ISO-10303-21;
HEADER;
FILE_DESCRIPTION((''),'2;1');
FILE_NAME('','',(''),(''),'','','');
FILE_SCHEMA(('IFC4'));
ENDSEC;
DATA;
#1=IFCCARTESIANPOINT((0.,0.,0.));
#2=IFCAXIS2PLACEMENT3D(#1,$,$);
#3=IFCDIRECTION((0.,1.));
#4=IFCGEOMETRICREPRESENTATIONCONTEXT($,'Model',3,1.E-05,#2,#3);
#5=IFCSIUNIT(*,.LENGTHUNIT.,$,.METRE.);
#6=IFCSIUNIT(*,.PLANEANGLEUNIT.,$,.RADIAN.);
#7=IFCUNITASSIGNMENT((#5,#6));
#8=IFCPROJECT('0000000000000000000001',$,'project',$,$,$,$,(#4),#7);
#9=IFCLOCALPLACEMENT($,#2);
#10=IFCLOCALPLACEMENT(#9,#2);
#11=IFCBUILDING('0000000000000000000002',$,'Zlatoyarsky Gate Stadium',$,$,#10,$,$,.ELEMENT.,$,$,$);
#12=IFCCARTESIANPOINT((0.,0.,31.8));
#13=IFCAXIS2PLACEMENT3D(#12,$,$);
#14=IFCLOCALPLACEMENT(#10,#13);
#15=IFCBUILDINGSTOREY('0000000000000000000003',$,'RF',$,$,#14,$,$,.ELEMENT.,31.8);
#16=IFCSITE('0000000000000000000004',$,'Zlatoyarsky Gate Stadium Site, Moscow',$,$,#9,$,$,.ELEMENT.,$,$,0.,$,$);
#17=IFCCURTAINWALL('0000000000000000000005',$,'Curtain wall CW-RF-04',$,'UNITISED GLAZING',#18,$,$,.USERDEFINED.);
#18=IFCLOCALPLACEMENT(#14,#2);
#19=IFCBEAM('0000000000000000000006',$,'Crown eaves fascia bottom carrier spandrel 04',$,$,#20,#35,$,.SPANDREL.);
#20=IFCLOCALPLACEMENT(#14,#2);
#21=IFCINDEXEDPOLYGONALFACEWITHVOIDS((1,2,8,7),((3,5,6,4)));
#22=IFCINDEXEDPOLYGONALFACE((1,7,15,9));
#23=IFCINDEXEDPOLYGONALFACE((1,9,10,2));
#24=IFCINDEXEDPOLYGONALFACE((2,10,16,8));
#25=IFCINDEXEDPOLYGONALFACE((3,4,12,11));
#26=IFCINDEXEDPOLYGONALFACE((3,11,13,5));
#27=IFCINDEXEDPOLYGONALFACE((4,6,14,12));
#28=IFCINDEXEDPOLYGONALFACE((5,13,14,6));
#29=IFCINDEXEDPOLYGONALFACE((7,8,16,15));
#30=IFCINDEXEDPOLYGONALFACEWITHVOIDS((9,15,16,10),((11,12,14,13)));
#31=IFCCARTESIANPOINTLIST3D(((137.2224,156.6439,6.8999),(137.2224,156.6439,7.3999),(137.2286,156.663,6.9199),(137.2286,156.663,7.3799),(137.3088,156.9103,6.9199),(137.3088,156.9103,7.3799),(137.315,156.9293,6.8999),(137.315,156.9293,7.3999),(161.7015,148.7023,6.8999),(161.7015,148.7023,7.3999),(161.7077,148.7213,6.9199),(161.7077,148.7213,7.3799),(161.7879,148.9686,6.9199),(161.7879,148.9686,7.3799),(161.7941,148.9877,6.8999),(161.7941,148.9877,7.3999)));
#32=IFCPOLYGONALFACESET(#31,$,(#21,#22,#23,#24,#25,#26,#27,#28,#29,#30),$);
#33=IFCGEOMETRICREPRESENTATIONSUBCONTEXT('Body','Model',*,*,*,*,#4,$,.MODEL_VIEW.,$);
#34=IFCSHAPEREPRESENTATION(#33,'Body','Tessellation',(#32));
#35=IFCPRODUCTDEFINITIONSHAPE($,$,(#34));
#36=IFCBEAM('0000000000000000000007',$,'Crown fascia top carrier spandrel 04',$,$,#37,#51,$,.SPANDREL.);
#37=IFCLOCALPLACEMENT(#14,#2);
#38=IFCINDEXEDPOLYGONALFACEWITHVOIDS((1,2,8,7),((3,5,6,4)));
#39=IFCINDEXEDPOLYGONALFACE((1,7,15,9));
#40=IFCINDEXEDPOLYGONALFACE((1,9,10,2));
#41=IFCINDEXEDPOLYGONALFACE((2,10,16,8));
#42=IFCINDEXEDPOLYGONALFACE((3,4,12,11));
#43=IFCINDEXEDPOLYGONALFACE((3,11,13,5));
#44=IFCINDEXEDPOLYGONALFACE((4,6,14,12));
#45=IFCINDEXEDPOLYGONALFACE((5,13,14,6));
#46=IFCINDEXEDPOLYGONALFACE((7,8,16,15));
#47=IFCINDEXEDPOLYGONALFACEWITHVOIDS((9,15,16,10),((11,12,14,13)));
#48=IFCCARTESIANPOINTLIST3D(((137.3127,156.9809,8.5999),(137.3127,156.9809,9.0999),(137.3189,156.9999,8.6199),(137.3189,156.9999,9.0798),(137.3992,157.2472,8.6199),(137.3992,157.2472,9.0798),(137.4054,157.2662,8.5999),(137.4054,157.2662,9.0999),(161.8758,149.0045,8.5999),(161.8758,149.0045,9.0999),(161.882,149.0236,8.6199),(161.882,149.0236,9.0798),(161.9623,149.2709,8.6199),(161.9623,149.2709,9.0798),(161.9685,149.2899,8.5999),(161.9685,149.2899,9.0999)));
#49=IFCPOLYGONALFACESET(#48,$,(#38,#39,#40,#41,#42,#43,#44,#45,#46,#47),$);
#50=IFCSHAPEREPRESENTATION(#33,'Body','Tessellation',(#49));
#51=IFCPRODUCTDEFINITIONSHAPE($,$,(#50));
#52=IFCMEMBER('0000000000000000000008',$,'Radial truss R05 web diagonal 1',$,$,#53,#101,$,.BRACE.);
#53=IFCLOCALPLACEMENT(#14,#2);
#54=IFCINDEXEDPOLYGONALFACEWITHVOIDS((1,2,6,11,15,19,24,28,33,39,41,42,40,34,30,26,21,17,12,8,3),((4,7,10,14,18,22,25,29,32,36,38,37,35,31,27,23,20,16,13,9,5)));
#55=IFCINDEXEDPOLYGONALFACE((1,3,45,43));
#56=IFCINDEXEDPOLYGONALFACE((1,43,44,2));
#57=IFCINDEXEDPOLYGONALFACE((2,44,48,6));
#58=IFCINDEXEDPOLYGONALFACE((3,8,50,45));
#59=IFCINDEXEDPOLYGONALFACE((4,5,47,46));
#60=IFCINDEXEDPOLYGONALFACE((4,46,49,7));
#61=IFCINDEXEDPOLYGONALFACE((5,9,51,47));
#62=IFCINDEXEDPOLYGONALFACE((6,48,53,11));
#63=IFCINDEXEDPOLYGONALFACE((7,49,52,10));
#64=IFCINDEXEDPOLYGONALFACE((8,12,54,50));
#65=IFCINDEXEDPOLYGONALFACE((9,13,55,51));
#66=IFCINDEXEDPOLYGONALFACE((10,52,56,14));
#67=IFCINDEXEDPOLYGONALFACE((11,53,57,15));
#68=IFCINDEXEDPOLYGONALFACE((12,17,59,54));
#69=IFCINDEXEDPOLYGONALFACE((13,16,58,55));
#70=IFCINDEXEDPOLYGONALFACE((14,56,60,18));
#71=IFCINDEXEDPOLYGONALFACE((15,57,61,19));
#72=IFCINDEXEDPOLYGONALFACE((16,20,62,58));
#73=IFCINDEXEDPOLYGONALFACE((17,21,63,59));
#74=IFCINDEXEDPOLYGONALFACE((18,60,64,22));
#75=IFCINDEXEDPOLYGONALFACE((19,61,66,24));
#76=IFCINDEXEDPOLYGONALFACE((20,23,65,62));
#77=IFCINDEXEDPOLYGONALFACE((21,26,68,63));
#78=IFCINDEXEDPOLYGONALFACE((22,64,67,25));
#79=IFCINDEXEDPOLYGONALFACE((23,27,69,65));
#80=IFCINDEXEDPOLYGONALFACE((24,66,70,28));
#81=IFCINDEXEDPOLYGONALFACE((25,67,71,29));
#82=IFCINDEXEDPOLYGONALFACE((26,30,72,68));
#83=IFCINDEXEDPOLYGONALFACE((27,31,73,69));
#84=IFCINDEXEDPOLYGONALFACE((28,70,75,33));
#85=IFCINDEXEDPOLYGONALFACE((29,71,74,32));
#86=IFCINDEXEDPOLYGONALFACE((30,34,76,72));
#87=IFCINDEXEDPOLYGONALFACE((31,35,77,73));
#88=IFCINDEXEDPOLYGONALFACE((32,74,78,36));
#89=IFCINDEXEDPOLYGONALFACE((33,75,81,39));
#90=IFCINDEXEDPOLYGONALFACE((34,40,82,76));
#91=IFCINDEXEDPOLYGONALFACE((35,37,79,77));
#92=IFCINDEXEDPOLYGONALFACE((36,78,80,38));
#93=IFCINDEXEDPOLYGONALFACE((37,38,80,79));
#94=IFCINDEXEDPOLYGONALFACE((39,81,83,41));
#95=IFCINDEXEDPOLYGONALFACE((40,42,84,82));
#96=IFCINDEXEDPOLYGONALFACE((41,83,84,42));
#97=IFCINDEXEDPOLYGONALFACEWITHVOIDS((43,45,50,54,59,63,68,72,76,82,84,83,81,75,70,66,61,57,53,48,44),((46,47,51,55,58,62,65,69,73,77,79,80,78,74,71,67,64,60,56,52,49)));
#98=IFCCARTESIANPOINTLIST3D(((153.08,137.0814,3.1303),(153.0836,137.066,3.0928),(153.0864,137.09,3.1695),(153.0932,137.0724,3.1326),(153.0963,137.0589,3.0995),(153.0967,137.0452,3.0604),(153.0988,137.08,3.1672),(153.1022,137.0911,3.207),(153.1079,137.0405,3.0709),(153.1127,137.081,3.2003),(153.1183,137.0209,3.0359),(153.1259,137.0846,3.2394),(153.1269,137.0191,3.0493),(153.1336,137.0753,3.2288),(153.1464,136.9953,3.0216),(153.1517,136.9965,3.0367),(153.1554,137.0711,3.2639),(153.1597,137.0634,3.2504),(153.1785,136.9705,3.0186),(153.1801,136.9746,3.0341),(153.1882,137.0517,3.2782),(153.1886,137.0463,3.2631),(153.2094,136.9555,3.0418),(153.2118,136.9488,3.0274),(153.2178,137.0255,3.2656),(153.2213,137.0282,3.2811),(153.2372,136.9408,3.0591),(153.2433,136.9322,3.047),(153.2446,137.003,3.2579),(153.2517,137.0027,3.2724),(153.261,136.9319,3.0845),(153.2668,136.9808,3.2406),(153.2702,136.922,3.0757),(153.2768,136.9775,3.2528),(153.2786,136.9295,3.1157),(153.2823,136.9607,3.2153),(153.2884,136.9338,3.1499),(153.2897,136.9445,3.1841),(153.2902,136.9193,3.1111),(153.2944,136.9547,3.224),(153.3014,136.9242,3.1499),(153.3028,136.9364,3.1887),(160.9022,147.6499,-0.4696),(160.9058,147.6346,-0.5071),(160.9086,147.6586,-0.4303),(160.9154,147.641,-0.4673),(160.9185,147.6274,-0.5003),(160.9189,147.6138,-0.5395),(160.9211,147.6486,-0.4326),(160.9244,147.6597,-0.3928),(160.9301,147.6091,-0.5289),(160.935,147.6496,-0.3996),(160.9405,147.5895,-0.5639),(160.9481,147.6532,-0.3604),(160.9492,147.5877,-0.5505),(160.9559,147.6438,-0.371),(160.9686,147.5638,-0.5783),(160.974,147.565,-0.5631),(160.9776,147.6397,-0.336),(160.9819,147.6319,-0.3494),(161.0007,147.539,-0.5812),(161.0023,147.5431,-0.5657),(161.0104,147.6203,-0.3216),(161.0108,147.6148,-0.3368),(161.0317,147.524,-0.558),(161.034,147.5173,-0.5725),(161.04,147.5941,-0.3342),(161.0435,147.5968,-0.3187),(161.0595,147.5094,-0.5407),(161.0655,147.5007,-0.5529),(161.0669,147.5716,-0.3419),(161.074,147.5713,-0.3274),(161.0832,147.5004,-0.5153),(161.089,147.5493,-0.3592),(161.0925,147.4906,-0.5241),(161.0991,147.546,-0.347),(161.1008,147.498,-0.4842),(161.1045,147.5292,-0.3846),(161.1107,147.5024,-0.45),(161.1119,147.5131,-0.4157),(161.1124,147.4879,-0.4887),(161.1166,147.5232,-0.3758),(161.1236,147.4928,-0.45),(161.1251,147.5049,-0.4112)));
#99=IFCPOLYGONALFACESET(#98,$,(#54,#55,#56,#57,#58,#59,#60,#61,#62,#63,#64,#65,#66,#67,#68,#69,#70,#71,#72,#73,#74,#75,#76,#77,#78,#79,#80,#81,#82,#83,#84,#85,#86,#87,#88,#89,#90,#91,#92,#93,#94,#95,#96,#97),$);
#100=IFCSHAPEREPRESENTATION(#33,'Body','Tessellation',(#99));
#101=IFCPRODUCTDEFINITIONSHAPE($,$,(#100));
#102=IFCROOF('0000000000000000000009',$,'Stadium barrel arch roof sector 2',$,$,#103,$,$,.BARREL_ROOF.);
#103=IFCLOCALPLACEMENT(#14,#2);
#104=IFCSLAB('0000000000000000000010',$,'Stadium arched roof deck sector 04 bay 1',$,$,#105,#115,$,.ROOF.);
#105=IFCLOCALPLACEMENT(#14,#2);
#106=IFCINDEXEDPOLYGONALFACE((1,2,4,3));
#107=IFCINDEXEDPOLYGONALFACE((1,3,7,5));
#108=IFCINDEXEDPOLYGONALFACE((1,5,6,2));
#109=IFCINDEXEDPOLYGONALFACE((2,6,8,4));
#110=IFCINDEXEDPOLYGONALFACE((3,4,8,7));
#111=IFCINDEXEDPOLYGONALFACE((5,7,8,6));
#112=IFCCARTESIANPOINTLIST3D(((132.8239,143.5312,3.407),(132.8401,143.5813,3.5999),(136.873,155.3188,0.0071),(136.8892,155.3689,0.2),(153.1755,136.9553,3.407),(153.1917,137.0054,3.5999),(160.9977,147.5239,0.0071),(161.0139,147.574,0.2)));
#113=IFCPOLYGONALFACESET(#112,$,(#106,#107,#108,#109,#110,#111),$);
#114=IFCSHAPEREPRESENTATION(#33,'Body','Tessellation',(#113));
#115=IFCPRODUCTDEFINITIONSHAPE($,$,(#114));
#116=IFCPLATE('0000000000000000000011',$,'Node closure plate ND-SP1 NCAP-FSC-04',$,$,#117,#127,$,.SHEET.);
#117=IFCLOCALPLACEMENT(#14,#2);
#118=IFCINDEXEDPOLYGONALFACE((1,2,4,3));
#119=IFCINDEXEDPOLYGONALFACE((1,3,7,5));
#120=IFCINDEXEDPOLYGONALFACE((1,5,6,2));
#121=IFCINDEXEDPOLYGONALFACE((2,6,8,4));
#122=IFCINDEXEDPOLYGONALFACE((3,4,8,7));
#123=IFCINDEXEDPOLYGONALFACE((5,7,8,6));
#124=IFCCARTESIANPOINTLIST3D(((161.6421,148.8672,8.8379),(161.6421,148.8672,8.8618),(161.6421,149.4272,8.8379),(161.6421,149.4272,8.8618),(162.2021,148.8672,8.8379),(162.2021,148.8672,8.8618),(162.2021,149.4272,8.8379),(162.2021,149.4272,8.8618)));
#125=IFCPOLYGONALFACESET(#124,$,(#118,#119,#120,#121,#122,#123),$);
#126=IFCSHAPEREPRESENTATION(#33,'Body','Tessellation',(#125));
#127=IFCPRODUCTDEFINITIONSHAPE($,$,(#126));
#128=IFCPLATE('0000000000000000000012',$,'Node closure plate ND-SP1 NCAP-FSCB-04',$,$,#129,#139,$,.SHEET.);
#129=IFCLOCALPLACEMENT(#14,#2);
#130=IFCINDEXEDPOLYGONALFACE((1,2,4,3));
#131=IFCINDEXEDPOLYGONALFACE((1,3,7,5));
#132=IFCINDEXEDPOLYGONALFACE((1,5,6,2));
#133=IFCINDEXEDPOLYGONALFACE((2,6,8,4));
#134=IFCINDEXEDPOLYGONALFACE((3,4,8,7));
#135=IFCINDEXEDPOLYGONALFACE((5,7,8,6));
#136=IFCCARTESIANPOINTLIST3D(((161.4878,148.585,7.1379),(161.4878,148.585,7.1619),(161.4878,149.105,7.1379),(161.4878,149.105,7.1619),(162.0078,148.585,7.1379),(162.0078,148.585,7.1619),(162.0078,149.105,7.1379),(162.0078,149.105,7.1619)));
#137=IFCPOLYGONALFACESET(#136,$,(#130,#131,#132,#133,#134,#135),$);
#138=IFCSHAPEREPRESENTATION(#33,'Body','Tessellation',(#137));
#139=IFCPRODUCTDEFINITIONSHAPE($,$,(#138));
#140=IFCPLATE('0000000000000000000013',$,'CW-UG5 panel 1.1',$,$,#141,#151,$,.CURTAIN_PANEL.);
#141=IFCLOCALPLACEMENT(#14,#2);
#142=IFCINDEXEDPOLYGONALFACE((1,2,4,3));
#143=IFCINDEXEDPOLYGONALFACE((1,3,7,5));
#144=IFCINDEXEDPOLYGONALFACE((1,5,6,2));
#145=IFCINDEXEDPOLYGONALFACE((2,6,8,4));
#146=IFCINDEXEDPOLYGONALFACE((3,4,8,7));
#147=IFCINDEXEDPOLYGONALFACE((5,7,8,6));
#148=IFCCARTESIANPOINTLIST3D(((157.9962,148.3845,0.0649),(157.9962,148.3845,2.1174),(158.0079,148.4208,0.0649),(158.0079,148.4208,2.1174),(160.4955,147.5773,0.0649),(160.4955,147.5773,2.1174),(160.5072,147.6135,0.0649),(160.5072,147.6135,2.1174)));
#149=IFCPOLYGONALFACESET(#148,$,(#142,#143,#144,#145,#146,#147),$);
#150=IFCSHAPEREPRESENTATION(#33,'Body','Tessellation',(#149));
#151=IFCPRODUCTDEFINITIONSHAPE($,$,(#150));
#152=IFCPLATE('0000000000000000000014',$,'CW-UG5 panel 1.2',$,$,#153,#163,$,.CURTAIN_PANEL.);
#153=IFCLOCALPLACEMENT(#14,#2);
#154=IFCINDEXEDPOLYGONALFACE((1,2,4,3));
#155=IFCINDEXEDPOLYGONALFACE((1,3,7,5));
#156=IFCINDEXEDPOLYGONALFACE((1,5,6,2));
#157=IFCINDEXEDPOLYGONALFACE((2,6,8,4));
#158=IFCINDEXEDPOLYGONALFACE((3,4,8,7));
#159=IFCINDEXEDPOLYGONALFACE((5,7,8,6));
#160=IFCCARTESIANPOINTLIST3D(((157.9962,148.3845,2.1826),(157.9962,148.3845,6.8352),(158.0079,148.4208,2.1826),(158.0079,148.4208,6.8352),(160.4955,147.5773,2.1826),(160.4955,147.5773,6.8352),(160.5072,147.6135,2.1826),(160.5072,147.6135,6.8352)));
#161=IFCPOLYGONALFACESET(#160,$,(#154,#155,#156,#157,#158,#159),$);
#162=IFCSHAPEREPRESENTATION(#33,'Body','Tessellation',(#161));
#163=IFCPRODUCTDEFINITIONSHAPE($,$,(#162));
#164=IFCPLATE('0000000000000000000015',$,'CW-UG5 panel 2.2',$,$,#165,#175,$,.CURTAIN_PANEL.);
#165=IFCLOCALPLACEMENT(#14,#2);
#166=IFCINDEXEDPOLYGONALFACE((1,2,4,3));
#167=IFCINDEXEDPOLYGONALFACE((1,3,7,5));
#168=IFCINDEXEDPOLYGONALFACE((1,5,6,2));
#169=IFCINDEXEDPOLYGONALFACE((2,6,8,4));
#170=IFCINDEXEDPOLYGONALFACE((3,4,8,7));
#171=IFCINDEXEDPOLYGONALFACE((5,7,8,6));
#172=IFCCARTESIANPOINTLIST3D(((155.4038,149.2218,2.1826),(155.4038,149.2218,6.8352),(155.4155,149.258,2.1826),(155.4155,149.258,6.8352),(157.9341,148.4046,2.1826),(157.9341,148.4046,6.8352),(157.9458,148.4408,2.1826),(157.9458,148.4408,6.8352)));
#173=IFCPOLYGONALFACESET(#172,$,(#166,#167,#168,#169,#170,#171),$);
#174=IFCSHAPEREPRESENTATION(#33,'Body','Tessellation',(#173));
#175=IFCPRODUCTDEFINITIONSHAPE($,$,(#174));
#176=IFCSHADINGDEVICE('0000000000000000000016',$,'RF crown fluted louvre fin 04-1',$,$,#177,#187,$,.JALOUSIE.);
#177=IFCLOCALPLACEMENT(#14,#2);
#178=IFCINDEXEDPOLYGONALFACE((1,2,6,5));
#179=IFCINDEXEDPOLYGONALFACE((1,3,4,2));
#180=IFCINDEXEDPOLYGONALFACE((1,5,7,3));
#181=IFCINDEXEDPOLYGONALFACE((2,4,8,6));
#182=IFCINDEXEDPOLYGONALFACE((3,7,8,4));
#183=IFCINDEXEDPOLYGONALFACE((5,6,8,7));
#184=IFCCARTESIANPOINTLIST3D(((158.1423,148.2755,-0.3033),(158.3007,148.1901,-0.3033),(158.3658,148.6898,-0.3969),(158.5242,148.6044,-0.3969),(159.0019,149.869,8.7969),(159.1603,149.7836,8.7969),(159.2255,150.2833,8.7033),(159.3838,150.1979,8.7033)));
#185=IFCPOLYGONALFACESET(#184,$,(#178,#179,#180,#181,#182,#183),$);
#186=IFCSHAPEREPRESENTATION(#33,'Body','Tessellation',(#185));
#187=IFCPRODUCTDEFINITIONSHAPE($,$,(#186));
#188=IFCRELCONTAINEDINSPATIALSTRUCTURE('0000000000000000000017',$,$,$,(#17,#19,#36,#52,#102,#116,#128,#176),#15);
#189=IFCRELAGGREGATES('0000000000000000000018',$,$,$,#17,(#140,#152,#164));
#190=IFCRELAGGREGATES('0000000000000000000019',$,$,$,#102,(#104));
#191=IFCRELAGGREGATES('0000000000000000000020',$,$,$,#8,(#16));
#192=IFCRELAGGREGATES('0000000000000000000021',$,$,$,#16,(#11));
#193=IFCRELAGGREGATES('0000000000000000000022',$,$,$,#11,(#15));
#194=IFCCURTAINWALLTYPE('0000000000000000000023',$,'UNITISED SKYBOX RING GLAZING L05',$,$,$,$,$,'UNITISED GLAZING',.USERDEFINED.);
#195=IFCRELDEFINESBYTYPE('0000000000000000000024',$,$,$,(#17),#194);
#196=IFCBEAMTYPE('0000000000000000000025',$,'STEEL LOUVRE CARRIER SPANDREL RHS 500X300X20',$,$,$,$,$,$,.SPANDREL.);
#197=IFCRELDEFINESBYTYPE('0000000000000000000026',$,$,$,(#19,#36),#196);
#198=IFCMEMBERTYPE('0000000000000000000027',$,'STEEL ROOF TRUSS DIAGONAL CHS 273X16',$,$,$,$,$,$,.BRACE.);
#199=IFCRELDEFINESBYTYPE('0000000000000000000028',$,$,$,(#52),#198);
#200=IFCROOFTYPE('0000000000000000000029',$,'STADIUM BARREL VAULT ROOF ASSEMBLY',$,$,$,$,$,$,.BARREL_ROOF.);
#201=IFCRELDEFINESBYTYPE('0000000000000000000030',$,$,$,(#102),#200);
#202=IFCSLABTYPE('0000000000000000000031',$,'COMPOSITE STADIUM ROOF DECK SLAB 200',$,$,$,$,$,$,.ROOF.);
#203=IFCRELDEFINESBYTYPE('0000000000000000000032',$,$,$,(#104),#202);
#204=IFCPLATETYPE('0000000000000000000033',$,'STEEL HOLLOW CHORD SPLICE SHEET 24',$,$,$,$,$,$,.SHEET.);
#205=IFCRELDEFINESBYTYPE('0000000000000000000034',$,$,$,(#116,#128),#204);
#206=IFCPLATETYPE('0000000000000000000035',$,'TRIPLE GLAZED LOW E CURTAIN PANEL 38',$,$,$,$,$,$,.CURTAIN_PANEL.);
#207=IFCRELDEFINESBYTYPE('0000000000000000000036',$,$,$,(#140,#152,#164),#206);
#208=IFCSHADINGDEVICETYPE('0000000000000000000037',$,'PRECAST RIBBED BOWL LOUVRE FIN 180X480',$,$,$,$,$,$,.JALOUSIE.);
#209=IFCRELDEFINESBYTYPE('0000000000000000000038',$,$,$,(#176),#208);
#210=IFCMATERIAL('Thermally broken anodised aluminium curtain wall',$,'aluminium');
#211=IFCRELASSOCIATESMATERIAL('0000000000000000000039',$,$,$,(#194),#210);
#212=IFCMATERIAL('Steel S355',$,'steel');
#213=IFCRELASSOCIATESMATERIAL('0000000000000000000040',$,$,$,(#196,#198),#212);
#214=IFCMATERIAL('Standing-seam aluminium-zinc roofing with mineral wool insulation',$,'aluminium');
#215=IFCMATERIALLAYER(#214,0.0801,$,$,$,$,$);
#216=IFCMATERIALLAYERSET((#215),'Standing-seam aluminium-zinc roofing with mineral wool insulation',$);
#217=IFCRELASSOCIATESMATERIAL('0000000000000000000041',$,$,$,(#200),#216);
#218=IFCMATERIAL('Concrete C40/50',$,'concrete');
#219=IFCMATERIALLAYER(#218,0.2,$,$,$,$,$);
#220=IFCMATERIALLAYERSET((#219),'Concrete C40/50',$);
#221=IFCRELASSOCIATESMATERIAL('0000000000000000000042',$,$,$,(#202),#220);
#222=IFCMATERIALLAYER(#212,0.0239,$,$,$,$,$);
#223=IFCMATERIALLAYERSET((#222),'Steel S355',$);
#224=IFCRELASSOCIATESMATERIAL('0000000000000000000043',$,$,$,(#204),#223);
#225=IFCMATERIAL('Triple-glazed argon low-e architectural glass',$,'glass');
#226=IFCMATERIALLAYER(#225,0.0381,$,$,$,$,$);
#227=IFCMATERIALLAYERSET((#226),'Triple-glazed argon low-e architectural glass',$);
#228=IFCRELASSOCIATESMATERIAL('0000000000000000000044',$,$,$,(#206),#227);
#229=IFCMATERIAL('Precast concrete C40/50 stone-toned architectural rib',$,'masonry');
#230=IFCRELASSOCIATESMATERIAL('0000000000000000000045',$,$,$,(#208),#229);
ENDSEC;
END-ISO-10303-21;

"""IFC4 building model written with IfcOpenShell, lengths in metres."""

from ifc_helpers import new_model, si_unit, direction, frame, origin, origin_2d, place, context, subcontext, project, spatial, polyline, rectangle, hollow_rectangle, hollow_circle, outline, extrude, material, layer, layer_set, material_profile, profile_set, type_object, element, aggregate, save


model = new_model("IFC4")

# Units and contexts
model_context = context("Model", 3, precision=1e-05, world=origin(), true_north=direction((0.0, 1.0)))
body_context = subcontext(model_context, "Body", "Model", "MODEL_VIEW")
ifc_project = project(units=[si_unit("LENGTHUNIT", "METRE"), si_unit("PLANEANGLEUNIT", "RADIAN")], contexts=[model_context])

# Site, building, storey
site_placement = place(None, origin())
site = spatial("IfcSite", under=ifc_project, at=site_placement, Name="Zlatoyarsky Gate Stadium Site, Moscow", CompositionType="ELEMENT", RefElevation=0.0)
building_placement = place(site_placement, origin())
building = spatial("IfcBuilding", under=site, at=building_placement, Name="Zlatoyarsky Gate Stadium", CompositionType="ELEMENT")
storey_placement = place(building_placement, frame((0.0, 0.0, 31.8)))
storey = spatial("IfcBuildingStorey", under=building, at=storey_placement, Name="RF", CompositionType="ELEMENT", Elevation=31.8)

# Curtain wall
ifc_material_1 = material(Name="Thermally broken anodised aluminium curtain wall", Category="aluminium")
curtain_wall_type = type_object("IfcCurtainWallType", Name="UNITISED SKYBOX RING GLAZING L05", ElementType="UNITISED GLAZING", PredefinedType="USERDEFINED", material=ifc_material_1)
curtain_wall_placement = place(storey_placement, origin())
curtain_wall = element("IfcCurtainWall", 1, at=curtain_wall_placement, inside=storey, type_object=curtain_wall_type, Name="Curtain wall CW-RF-04", ObjectType="UNITISED GLAZING", PredefinedType="USERDEFINED")

# Shared definitions
ifc_material_2 = material(Name="Steel S355", Category="steel")

# Beams
ifc_material_profile_1 = material_profile(ifc_material_2, hollow_rectangle(XDim=0.3, YDim=0.5, WallThickness=0.02, at=origin_2d()), Name="RHS 500X300X20")
ifc_profile_set_1 = profile_set([ifc_material_profile_1], Name="Steel S355")
beam_type = type_object("IfcBeamType", Name="STEEL LOUVRE CARRIER SPANDREL RHS 500X300X20", PredefinedType="SPANDREL", material=ifc_profile_set_1)
beam_1_placement = place(storey_placement, frame((161.7478, 148.845, 7.1499), z_axis=(-0.951194, 0.308593, 0.0), x_axis=(-0.308593, -0.951194, 0.0)))
element("IfcBeam", 2, at=beam_1_placement, inside=storey, type_object=beam_type, Name="Crown eaves fascia bottom carrier spandrel 04", PredefinedType="SPANDREL", context=body_context, shape_type="SweptSolid", body=[
    extrude(hollow_rectangle(XDim=0.3, YDim=0.5, WallThickness=0.02, at=origin_2d()), origin(), (0.0, 0.0, 1.0), 25.7351),
])
beam_2_placement = place(storey_placement, frame((161.9221, 149.1472, 8.8499), z_axis=(-0.95111, 0.308853, 0.0), x_axis=(-0.308853, -0.95111, 0.0)))
element("IfcBeam", 3, at=beam_2_placement, inside=storey, type_object=beam_type, Name="Crown fascia top carrier spandrel 04", PredefinedType="SPANDREL", context=body_context, shape_type="SweptSolid", body=[
    extrude(hollow_rectangle(XDim=0.3, YDim=0.5, WallThickness=0.02, at=origin_2d()), origin(), (0.0, 0.0, 1.0), 25.8257),
])

# Member
ifc_material_profile_2 = material_profile(ifc_material_2, hollow_circle(Radius=0.1365, WallThickness=0.0161, at=origin_2d()), Name="CHS 273X16")
ifc_profile_set_2 = profile_set([ifc_material_profile_2], Name="Steel S355")
member_type_1 = type_object("IfcMemberType", Name="STEEL ROOF TRUSS DIAGONAL CHS 273X16", PredefinedType="BRACE", material=ifc_profile_set_2)
member_1_placement = place(storey_placement, frame((161.0139, 147.574, -0.45), z_axis=(-0.5738, -0.775257, 0.264066), x_axis=(0.803787, -0.594917, 0.0)))
element("IfcMember", 4, at=member_1_placement, inside=storey, type_object=member_type_1, Name="Radial truss R05 web diagonal 1", PredefinedType="BRACE", context=body_context, shape_type="SweptSolid", body=[
    extrude(hollow_circle(Radius=0.1365, WallThickness=0.0161, at=origin_2d()), origin(), (0.0, 0.0, 1.0), 13.6323),
])

# Roof, slab
ifc_material_3 = material(Name="Standing-seam aluminium-zinc roofing with mineral wool insulation", Category="aluminium")
ifc_layer_1 = layer(ifc_material_3, 0.0801)
ifc_layer_set_1 = layer_set([ifc_layer_1], Name="Standing-seam aluminium-zinc roofing with mineral wool insulation")
roof_type = type_object("IfcRoofType", Name="STADIUM BARREL VAULT ROOF ASSEMBLY", PredefinedType="BARREL_ROOF", material=ifc_layer_set_1)
roof_placement = place(storey_placement, origin())
roof = element("IfcRoof", 5, at=roof_placement, inside=storey, type_object=roof_type, Name="Stadium barrel arch roof sector 2", PredefinedType="BARREL_ROOF")
ifc_material_4 = material(Name="Concrete C40/50", Category="concrete")
ifc_layer_2 = layer(ifc_material_4, 0.2)
ifc_layer_set_2 = layer_set([ifc_layer_2], Name="Concrete C40/50")
slab_type = type_object("IfcSlabType", Name="COMPOSITE STADIUM ROOF DECK SLAB 200", PredefinedType="ROOF", material=ifc_layer_set_2)
slab_placement = place(storey_placement, frame((161.0139, 147.574, 0.2), z_axis=(0.080927, 0.25046, 0.964739), x_axis=(-0.951562, 0.307458, 0.000001)))
slab = element("IfcSlab", 6, at=slab_placement, type_object=slab_type, Name="Stadium arched roof deck sector 04 bay 1", PredefinedType="ROOF", context=body_context, shape_type="SweptSolid", body=[
    extrude(outline(polyline([(0.0, 0.0), (25.3528, 0.0), (25.5816, 12.917), (4.194, 12.9172), (0.0, 0.0)])), origin(), (0.0, 0.0, -1.0), 0.2),
])

# Plates
ifc_layer_3 = layer(ifc_material_2, 0.0239)
ifc_layer_set_3 = layer_set([ifc_layer_3], Name="Steel S355")
plate_type_1 = type_object("IfcPlateType", Name="STEEL HOLLOW CHORD SPLICE SHEET 24", PredefinedType="SHEET", material=ifc_layer_set_3)
plate_1_placement = place(storey_placement, frame((161.9221, 149.1472, 8.8379), z_axis=(0.0, 0.0, 1.0), x_axis=(1.0, 0.0, 0.0)))
element("IfcPlate", 7, at=plate_1_placement, inside=storey, type_object=plate_type_1, Name="Node closure plate ND-SP1 NCAP-FSC-04", PredefinedType="SHEET", context=body_context, shape_type="SweptSolid", body=[
    extrude(rectangle(XDim=0.5601, YDim=0.5601, at=origin_2d()), origin(), (0.0, 0.0, 1.0), 0.0239),
])
plate_2_placement = place(storey_placement, frame((161.7478, 148.845, 7.1379), z_axis=(0.0, 0.0, 1.0), x_axis=(1.0, 0.0, 0.0)))
element("IfcPlate", 8, at=plate_2_placement, inside=storey, type_object=plate_type_1, Name="Node closure plate ND-SP1 NCAP-FSCB-04", PredefinedType="SHEET", context=body_context, shape_type="SweptSolid", body=[
    extrude(rectangle(XDim=0.52, YDim=0.52, at=origin_2d()), origin(), (0.0, 0.0, 1.0), 0.0239),
])

# Plates
ifc_material_5 = material(Name="Triple-glazed argon low-e architectural glass", Category="glass")
ifc_layer_4 = layer(ifc_material_5, 0.0381)
ifc_layer_set_4 = layer_set([ifc_layer_4], Name="Triple-glazed argon low-e architectural glass")
plate_type_2 = type_object("IfcPlateType", Name="TRIPLE GLAZED LOW E CURTAIN PANEL 38", PredefinedType="CURTAIN_PANEL", material=ifc_layer_set_4)
plate_3_placement = place(storey_placement, frame((159.2517, 147.999, 0.0649), z_axis=(0.0, 0.0, 1.0), x_axis=(-0.951596, 0.307352, 0.0)))
plate_3 = element("IfcPlate", 9, at=plate_3_placement, type_object=plate_type_2, Name="CW-UG5 panel 1.1", PredefinedType="CURTAIN_PANEL", context=body_context, shape_type="SweptSolid", body=[
    extrude(rectangle(XDim=2.6265, YDim=0.0381, at=origin_2d()), origin(), (0.0, 0.0, 1.0), 2.0525),
])
plate_4_placement = place(storey_placement, frame((159.2517, 147.999, 2.1826), z_axis=(0.0, 0.0, 1.0), x_axis=(-0.951596, 0.307352, 0.0)))
plate_4 = element("IfcPlate", 10, at=plate_4_placement, type_object=plate_type_2, Name="CW-UG5 panel 1.2", PredefinedType="CURTAIN_PANEL", context=body_context, shape_type="SweptSolid", body=[
    extrude(rectangle(XDim=2.6265, YDim=0.0381, at=origin_2d()), origin(), (0.0, 0.0, 1.0), 4.6526),
])
plate_5_placement = place(storey_placement, frame((156.6748, 148.8313, 2.1826), z_axis=(0.0, 0.0, 1.0), x_axis=(-0.951596, 0.307352, 0.0)))
plate_5 = element("IfcPlate", 11, at=plate_5_placement, type_object=plate_type_2, Name="CW-UG5 panel 2.2", PredefinedType="CURTAIN_PANEL", context=body_context, shape_type="SweptSolid", body=[
    extrude(rectangle(XDim=2.6589, YDim=0.0381, at=origin_2d()), origin(), (0.0, 0.0, 1.0), 4.6526),
])
aggregate(curtain_wall, [plate_3, plate_4, plate_5])

# Shading device
ifc_material_6 = material(Name="Precast concrete C40/50 stone-toned architectural rib", Category="masonry")
ifc_material_profile_3 = material_profile(ifc_material_6, rectangle(XDim=0.1799, YDim=0.48, at=origin_2d()), Name="RIB 180X480")
ifc_profile_set_3 = profile_set([ifc_material_profile_3], Name="Precast concrete C40/50 stone-toned architectural rib")
shading_device_type = type_object("IfcShadingDeviceType", Name="PRECAST RIBBED BOWL LOUVRE FIN 180X480", PredefinedType="JALOUSIE", material=ifc_profile_set_3)
shading_device_placement = place(storey_placement, frame((158.3333, 148.4399, -0.3501), z_axis=(0.092647, 0.171742, 0.980776), x_axis=(-0.880107, 0.474775, 0.0)))
element("IfcShadingDevice", 12, at=shading_device_placement, inside=storey, type_object=shading_device_type, Name="RF crown fluted louvre fin 04-1", PredefinedType="JALOUSIE", context=body_context, shape_type="SweptSolid", body=[
    extrude(rectangle(XDim=0.1799, YDim=0.48, at=origin_2d()), origin(), (0.0, 0.0, 1.0), 9.2786),
])

aggregate(roof, [slab])

save(model, "model.ifc")
